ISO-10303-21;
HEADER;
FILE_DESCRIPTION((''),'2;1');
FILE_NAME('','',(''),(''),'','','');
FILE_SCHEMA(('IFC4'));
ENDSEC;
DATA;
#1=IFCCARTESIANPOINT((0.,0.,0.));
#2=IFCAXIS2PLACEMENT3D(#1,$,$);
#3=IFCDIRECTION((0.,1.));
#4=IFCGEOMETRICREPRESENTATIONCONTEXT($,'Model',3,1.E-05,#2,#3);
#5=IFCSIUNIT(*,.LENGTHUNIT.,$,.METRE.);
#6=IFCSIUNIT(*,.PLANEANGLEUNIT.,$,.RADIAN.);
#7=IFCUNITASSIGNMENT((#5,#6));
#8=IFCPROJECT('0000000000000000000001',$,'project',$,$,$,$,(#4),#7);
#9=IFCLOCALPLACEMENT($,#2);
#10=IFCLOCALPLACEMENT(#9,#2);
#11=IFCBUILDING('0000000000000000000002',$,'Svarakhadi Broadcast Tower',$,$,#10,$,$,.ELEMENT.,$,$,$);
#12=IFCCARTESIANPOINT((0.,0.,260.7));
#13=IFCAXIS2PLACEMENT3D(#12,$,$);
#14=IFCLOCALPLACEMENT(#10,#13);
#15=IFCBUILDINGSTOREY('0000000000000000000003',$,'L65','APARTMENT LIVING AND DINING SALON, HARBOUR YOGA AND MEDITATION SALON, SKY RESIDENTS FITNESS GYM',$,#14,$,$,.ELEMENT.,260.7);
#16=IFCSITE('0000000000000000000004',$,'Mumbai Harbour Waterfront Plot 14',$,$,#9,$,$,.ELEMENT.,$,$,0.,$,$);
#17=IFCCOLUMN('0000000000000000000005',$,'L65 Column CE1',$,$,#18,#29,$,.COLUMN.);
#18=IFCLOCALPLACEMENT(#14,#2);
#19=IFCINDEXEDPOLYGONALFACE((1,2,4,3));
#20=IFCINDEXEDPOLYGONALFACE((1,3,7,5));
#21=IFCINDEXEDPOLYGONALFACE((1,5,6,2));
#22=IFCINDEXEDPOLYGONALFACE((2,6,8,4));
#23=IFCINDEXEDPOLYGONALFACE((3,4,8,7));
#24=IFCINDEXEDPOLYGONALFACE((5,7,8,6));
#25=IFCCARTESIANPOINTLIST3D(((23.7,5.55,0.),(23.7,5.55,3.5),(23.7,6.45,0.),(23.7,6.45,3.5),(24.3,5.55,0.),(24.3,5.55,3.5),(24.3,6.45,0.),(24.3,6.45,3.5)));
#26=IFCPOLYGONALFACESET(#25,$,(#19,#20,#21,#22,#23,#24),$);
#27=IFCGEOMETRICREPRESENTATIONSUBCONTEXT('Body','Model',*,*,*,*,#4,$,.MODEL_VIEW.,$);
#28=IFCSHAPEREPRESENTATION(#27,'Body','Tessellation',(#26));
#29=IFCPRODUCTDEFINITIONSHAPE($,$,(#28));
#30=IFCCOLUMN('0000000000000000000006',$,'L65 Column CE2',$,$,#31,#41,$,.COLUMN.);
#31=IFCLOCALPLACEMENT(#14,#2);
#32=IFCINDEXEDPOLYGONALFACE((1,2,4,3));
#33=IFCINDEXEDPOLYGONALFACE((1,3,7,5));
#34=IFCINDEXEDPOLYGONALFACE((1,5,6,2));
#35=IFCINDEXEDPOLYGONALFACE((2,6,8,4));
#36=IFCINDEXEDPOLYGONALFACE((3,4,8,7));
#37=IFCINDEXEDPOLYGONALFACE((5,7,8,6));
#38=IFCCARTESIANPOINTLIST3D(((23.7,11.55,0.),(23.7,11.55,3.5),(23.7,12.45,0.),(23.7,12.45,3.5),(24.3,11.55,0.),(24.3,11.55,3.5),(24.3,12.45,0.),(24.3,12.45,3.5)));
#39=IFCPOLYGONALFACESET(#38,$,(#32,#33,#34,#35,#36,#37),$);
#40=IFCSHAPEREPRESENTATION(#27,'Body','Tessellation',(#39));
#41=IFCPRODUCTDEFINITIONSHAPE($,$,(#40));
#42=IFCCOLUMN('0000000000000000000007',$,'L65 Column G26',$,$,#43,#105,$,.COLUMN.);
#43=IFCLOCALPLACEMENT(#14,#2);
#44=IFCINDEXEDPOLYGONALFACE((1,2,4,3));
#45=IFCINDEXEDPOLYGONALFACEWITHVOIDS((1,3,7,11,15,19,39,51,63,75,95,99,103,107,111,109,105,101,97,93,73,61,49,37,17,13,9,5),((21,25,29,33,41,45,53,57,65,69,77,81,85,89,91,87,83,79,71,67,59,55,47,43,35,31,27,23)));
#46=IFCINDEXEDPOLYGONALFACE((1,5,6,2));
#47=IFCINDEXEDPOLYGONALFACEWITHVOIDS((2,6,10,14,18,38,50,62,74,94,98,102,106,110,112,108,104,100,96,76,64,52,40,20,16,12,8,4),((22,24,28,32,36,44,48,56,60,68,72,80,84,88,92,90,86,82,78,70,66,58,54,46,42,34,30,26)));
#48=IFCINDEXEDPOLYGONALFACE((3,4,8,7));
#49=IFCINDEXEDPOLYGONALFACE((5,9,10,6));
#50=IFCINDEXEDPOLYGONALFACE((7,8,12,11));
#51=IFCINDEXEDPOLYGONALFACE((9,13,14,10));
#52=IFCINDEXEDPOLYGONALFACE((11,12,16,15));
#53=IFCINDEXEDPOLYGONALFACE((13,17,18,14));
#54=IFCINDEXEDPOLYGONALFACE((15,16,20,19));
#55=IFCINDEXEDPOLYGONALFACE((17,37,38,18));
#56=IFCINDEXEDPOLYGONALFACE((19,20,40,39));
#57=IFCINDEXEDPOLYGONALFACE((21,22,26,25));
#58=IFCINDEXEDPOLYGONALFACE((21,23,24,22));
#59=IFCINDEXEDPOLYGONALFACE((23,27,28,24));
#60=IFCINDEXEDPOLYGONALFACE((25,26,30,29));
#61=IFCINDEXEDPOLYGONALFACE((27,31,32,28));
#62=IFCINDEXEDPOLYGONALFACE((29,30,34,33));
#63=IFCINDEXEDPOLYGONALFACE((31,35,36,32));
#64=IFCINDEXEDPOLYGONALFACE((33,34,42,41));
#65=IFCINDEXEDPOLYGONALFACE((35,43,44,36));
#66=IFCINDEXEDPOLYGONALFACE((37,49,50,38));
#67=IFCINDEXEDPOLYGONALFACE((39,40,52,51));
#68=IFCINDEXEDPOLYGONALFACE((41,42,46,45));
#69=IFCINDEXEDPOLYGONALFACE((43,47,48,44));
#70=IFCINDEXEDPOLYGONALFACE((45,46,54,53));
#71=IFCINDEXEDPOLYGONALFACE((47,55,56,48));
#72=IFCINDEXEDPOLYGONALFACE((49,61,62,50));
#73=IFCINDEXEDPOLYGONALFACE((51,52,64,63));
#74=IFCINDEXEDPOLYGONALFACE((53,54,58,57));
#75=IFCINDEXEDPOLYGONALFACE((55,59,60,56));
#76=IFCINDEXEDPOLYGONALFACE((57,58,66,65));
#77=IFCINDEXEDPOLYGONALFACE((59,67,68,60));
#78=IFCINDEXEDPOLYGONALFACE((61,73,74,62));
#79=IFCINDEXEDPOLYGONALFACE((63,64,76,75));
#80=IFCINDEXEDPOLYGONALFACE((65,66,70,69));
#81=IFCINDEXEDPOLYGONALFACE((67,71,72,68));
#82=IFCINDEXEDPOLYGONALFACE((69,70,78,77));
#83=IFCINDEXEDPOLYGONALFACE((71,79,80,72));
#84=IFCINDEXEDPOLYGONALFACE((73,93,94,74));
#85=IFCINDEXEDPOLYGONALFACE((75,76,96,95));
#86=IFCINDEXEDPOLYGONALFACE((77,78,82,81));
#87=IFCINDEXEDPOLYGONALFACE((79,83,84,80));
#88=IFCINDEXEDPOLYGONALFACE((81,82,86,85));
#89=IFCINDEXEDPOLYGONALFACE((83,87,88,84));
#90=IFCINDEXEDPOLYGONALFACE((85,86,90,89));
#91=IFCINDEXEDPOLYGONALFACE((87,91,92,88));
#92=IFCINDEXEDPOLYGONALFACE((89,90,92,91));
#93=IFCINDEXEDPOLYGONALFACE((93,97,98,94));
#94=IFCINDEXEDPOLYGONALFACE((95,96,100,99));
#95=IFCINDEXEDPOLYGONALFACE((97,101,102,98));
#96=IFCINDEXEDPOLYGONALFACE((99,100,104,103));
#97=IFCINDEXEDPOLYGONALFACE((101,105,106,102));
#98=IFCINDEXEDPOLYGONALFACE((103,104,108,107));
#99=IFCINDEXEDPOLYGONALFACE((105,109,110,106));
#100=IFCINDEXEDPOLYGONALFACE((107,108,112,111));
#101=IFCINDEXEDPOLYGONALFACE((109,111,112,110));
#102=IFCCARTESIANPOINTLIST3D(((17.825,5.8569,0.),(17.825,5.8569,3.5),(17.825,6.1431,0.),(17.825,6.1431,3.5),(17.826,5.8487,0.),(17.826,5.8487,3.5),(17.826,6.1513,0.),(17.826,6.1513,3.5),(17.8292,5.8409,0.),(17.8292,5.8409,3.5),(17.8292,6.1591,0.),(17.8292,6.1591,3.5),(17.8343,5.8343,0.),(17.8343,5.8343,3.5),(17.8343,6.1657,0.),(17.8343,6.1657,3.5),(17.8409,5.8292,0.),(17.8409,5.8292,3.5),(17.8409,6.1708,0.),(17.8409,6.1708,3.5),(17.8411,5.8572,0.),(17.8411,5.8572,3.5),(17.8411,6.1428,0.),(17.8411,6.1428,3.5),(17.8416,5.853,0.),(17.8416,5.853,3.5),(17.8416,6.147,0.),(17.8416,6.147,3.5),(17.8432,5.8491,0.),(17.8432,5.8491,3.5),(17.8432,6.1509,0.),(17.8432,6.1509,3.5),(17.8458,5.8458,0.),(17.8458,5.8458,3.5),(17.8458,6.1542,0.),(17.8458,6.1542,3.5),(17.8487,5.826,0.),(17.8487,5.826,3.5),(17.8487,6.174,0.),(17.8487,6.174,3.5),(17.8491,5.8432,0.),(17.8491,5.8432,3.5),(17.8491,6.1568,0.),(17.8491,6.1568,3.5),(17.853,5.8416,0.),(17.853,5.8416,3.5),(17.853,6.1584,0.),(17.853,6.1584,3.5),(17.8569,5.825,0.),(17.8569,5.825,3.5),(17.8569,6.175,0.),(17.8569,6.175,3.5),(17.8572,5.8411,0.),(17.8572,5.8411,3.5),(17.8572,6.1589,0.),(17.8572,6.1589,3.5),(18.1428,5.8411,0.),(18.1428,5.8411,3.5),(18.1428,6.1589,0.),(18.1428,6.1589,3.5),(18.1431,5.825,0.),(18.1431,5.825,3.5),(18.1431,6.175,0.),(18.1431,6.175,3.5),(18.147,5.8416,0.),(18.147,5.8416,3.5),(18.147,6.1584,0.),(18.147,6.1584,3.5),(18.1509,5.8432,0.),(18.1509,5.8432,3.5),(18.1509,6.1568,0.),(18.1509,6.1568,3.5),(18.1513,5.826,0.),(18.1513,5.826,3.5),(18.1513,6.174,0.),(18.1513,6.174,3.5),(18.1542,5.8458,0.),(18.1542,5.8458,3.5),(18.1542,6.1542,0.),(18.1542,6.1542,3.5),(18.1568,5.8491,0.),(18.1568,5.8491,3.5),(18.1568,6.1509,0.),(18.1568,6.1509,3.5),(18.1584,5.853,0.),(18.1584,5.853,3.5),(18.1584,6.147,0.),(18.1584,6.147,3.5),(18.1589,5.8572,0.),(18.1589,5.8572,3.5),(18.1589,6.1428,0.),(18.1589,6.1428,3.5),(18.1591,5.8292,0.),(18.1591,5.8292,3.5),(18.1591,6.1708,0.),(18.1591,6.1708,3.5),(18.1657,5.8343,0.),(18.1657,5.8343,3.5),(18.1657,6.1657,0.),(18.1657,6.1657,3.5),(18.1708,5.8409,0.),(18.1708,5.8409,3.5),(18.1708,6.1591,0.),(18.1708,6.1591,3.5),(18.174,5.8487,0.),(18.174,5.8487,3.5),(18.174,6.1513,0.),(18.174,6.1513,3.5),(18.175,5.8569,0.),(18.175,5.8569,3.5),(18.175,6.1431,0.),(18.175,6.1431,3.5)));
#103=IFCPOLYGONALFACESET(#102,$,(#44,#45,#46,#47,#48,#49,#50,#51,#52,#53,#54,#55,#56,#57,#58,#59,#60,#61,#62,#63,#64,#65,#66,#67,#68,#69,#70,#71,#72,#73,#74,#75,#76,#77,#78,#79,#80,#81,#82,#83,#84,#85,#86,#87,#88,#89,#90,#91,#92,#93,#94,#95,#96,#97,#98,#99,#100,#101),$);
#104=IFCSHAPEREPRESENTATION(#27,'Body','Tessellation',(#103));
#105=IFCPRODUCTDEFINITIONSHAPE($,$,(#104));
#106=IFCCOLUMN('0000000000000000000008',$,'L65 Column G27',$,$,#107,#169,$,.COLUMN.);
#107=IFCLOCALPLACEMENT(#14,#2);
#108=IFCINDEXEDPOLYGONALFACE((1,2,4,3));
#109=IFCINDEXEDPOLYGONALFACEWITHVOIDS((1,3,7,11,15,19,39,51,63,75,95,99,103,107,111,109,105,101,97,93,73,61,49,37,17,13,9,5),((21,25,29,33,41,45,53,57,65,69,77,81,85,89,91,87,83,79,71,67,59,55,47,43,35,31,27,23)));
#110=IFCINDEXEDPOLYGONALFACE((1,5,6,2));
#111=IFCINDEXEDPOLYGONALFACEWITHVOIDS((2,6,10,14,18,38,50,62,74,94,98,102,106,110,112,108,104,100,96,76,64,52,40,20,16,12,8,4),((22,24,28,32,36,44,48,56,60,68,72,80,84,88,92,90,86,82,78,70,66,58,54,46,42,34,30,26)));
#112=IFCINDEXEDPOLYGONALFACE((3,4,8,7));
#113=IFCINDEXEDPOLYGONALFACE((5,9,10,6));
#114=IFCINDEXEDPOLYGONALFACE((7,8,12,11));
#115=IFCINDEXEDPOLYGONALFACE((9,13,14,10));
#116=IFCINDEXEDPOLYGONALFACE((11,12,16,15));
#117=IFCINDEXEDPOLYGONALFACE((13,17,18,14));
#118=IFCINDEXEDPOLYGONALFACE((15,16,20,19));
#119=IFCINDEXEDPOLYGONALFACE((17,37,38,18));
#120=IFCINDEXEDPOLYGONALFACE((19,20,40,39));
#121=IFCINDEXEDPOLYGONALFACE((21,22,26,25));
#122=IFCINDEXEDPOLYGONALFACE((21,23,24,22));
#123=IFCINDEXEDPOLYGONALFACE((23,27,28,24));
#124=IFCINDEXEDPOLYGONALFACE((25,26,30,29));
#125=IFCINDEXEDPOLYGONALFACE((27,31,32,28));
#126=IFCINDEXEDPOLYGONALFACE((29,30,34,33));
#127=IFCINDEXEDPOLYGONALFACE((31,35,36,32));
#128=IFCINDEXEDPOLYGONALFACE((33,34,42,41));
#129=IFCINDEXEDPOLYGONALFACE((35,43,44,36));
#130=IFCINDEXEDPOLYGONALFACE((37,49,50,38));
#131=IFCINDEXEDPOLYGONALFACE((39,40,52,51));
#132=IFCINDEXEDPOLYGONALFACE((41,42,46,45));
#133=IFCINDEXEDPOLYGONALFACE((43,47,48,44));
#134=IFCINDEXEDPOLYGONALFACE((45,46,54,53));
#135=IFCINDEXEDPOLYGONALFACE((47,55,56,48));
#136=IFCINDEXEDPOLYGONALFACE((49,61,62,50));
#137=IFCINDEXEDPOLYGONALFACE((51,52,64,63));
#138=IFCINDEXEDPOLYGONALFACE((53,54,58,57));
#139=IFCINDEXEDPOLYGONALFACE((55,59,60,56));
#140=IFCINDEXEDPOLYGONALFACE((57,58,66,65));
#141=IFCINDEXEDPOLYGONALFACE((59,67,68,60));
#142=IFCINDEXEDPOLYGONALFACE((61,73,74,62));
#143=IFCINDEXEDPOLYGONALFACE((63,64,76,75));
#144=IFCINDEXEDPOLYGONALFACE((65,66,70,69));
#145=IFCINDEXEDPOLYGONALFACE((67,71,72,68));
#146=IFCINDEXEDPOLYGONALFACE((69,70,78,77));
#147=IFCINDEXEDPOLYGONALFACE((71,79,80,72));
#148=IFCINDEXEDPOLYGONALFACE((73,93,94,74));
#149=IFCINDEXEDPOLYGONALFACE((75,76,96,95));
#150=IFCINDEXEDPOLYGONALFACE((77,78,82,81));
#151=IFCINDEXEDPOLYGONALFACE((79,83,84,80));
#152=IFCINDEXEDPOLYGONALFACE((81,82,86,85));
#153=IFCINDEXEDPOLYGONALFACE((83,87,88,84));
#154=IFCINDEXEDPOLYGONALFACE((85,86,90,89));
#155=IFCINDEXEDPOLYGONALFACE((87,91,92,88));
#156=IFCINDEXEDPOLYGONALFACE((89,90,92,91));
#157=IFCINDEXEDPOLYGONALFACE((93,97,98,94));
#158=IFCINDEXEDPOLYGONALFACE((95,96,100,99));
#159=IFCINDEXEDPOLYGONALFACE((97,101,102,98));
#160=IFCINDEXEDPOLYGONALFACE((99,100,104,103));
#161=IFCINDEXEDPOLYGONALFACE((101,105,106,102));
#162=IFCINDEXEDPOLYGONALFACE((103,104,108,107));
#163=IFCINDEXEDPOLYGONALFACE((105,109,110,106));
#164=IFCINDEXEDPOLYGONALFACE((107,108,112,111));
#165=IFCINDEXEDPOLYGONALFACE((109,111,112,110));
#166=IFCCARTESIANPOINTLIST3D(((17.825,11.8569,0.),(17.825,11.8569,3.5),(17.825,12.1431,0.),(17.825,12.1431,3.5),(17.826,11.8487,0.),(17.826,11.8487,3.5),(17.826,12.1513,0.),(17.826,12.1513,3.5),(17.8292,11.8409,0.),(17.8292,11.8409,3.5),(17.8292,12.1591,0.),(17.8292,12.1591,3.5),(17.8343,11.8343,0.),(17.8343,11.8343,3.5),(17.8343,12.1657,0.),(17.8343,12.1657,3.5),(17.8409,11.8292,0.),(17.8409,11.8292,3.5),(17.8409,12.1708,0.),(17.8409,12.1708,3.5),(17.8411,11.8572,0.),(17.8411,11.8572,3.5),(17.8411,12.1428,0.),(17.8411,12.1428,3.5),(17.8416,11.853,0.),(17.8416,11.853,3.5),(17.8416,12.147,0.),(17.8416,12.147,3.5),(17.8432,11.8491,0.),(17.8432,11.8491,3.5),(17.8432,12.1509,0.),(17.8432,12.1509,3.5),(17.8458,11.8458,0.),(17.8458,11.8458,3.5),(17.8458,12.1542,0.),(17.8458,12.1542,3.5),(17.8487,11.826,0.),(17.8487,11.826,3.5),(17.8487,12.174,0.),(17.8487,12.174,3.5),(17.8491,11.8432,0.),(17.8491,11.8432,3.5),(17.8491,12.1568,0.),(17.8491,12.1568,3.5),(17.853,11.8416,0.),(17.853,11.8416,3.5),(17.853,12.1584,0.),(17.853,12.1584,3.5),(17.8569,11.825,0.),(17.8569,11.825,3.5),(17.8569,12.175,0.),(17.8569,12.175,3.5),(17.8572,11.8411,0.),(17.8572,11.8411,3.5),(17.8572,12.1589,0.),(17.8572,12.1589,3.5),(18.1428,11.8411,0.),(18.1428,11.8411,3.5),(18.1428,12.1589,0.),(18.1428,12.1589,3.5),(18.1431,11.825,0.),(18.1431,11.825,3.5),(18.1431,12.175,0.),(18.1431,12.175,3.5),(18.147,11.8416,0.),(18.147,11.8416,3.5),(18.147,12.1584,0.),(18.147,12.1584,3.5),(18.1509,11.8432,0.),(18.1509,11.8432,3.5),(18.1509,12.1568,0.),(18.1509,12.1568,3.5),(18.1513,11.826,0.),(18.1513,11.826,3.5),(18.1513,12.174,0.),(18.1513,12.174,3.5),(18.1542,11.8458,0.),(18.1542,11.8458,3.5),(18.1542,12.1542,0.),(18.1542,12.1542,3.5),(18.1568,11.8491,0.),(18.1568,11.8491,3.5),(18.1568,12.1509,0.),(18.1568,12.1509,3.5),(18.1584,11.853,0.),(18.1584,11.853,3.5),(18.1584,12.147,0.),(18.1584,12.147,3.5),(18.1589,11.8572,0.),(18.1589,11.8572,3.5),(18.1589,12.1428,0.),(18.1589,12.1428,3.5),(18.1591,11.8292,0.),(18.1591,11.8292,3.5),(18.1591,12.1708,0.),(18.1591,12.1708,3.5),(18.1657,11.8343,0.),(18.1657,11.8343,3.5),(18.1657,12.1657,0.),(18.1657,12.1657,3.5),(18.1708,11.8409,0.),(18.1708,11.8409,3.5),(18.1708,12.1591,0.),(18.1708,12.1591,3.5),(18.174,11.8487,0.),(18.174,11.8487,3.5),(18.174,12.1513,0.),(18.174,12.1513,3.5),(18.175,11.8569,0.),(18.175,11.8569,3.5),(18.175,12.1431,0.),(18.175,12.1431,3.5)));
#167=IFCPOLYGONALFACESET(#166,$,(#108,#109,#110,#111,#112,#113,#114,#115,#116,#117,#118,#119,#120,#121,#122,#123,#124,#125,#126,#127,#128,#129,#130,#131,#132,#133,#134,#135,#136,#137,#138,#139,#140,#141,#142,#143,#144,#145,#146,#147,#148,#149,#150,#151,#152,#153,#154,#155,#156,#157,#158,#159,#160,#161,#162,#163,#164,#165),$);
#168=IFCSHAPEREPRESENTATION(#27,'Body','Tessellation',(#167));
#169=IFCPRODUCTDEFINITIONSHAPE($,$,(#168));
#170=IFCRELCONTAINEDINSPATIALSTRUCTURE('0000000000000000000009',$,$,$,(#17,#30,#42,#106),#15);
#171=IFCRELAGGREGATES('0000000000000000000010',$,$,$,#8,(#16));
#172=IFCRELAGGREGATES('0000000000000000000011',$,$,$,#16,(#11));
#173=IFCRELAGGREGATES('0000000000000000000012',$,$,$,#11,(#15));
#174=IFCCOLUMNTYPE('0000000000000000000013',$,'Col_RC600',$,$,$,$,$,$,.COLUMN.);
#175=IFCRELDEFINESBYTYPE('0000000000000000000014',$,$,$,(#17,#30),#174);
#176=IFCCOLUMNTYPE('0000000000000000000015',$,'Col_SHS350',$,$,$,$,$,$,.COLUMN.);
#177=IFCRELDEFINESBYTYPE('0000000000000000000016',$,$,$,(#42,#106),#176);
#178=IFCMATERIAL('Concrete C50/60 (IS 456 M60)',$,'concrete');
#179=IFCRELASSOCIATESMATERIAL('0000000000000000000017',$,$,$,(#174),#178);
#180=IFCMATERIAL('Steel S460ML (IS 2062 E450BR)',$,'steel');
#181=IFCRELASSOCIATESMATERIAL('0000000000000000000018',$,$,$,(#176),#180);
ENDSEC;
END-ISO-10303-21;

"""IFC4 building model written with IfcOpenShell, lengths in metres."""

from ifc_helpers import new_model, si_unit, direction, frame, origin, origin_2d, place, context, subcontext, project, spatial, rectangle, hollow_rectangle, extrude, material, material_profile, profile_set, type_object, element, save


model = new_model("IFC4")

# Units and contexts
model_context = context("Model", 3, precision=1e-05, world=origin(), true_north=direction((0.0, 1.0)))
body_context = subcontext(model_context, "Body", "Model", "MODEL_VIEW")
ifc_project = project(units=[si_unit("LENGTHUNIT", "METRE"), si_unit("PLANEANGLEUNIT", "RADIAN")], contexts=[model_context])

# Site, building, storey
site_placement = place(None, origin())
site = spatial("IfcSite", under=ifc_project, at=site_placement, Name="Mumbai Harbour Waterfront Plot 14", CompositionType="ELEMENT", RefElevation=0.0)
building_placement = place(site_placement, origin())
building = spatial("IfcBuilding", under=site, at=building_placement, Name="Svarakhadi Broadcast Tower", CompositionType="ELEMENT")
storey_placement = place(building_placement, frame((0.0, 0.0, 260.7)))
storey = spatial("IfcBuildingStorey", under=building, at=storey_placement, Name="L65", Description="APARTMENT LIVING AND DINING SALON, HARBOUR YOGA AND MEDITATION SALON, SKY RESIDENTS FITNESS GYM", CompositionType="ELEMENT", Elevation=260.7)

# Columns
ifc_material_1 = material(Name="Concrete C50/60 (IS 456 M60)", Category="concrete")
ifc_material_profile_1 = material_profile(ifc_material_1, rectangle(XDim=0.6001, YDim=0.8999, at=origin_2d()), Name="RC 600x900")
ifc_profile_set_1 = profile_set([ifc_material_profile_1], Name="Concrete C50/60 (IS 456 M60)")
column_type_1 = type_object("IfcColumnType", Name="Col_RC600", PredefinedType="COLUMN", material=ifc_profile_set_1)
for number, where, z_axis, x_axis, name in (
    (1, (24.0, 6.0, 0.0), (0.0, 0.0, 1.0), (1.0, 0.0, 0.0), "L65 Column CE1"),
    (2, (24.0, 12.0, 0.0), (0.0, 0.0, 1.0), (1.0, 0.0, 0.0), "L65 Column CE2"),
):
    element("IfcColumn", number, at=place(storey_placement, frame(where, z_axis=z_axis, x_axis=x_axis)), inside=storey, type_object=column_type_1, Name=name, PredefinedType="COLUMN", context=body_context, shape_type="SweptSolid", body=[
        extrude(rectangle(XDim=0.6001, YDim=0.8999, at=origin_2d()), origin(), (0.0, 0.0, 1.0), 3.5),
    ])
ifc_material_2 = material(Name="Steel S460ML (IS 2062 E450BR)", Category="steel")
ifc_material_profile_2 = material_profile(ifc_material_2, hollow_rectangle(XDim=0.3501, YDim=0.3501, WallThickness=0.0161, InnerFilletRadius=0.0161, OuterFilletRadius=0.032, at=origin_2d()), Name="SHS 350x350x16")
ifc_profile_set_2 = profile_set([ifc_material_profile_2], Name="Steel S460ML (IS 2062 E450BR)")
column_type_2 = type_object("IfcColumnType", Name="Col_SHS350", PredefinedType="COLUMN", material=ifc_profile_set_2)
for number, where, z_axis, x_axis, name in (
    (3, (18.0, 6.0, 0.0), (0.0, 0.0, 1.0), (1.0, 0.0, 0.0), "L65 Column G26"),
    (4, (18.0, 12.0, 0.0), (0.0, 0.0, 1.0), (1.0, 0.0, 0.0), "L65 Column G27"),
):
    element("IfcColumn", number, at=place(storey_placement, frame(where, z_axis=z_axis, x_axis=x_axis)), inside=storey, type_object=column_type_2, Name=name, PredefinedType="COLUMN", context=body_context, shape_type="SweptSolid", body=[
        extrude(hollow_rectangle(XDim=0.3501, YDim=0.3501, WallThickness=0.0161, InnerFilletRadius=0.0161, OuterFilletRadius=0.032, at=origin_2d()), origin(), (0.0, 0.0, 1.0), 3.5),
    ])

save(model, "model.ifc")
